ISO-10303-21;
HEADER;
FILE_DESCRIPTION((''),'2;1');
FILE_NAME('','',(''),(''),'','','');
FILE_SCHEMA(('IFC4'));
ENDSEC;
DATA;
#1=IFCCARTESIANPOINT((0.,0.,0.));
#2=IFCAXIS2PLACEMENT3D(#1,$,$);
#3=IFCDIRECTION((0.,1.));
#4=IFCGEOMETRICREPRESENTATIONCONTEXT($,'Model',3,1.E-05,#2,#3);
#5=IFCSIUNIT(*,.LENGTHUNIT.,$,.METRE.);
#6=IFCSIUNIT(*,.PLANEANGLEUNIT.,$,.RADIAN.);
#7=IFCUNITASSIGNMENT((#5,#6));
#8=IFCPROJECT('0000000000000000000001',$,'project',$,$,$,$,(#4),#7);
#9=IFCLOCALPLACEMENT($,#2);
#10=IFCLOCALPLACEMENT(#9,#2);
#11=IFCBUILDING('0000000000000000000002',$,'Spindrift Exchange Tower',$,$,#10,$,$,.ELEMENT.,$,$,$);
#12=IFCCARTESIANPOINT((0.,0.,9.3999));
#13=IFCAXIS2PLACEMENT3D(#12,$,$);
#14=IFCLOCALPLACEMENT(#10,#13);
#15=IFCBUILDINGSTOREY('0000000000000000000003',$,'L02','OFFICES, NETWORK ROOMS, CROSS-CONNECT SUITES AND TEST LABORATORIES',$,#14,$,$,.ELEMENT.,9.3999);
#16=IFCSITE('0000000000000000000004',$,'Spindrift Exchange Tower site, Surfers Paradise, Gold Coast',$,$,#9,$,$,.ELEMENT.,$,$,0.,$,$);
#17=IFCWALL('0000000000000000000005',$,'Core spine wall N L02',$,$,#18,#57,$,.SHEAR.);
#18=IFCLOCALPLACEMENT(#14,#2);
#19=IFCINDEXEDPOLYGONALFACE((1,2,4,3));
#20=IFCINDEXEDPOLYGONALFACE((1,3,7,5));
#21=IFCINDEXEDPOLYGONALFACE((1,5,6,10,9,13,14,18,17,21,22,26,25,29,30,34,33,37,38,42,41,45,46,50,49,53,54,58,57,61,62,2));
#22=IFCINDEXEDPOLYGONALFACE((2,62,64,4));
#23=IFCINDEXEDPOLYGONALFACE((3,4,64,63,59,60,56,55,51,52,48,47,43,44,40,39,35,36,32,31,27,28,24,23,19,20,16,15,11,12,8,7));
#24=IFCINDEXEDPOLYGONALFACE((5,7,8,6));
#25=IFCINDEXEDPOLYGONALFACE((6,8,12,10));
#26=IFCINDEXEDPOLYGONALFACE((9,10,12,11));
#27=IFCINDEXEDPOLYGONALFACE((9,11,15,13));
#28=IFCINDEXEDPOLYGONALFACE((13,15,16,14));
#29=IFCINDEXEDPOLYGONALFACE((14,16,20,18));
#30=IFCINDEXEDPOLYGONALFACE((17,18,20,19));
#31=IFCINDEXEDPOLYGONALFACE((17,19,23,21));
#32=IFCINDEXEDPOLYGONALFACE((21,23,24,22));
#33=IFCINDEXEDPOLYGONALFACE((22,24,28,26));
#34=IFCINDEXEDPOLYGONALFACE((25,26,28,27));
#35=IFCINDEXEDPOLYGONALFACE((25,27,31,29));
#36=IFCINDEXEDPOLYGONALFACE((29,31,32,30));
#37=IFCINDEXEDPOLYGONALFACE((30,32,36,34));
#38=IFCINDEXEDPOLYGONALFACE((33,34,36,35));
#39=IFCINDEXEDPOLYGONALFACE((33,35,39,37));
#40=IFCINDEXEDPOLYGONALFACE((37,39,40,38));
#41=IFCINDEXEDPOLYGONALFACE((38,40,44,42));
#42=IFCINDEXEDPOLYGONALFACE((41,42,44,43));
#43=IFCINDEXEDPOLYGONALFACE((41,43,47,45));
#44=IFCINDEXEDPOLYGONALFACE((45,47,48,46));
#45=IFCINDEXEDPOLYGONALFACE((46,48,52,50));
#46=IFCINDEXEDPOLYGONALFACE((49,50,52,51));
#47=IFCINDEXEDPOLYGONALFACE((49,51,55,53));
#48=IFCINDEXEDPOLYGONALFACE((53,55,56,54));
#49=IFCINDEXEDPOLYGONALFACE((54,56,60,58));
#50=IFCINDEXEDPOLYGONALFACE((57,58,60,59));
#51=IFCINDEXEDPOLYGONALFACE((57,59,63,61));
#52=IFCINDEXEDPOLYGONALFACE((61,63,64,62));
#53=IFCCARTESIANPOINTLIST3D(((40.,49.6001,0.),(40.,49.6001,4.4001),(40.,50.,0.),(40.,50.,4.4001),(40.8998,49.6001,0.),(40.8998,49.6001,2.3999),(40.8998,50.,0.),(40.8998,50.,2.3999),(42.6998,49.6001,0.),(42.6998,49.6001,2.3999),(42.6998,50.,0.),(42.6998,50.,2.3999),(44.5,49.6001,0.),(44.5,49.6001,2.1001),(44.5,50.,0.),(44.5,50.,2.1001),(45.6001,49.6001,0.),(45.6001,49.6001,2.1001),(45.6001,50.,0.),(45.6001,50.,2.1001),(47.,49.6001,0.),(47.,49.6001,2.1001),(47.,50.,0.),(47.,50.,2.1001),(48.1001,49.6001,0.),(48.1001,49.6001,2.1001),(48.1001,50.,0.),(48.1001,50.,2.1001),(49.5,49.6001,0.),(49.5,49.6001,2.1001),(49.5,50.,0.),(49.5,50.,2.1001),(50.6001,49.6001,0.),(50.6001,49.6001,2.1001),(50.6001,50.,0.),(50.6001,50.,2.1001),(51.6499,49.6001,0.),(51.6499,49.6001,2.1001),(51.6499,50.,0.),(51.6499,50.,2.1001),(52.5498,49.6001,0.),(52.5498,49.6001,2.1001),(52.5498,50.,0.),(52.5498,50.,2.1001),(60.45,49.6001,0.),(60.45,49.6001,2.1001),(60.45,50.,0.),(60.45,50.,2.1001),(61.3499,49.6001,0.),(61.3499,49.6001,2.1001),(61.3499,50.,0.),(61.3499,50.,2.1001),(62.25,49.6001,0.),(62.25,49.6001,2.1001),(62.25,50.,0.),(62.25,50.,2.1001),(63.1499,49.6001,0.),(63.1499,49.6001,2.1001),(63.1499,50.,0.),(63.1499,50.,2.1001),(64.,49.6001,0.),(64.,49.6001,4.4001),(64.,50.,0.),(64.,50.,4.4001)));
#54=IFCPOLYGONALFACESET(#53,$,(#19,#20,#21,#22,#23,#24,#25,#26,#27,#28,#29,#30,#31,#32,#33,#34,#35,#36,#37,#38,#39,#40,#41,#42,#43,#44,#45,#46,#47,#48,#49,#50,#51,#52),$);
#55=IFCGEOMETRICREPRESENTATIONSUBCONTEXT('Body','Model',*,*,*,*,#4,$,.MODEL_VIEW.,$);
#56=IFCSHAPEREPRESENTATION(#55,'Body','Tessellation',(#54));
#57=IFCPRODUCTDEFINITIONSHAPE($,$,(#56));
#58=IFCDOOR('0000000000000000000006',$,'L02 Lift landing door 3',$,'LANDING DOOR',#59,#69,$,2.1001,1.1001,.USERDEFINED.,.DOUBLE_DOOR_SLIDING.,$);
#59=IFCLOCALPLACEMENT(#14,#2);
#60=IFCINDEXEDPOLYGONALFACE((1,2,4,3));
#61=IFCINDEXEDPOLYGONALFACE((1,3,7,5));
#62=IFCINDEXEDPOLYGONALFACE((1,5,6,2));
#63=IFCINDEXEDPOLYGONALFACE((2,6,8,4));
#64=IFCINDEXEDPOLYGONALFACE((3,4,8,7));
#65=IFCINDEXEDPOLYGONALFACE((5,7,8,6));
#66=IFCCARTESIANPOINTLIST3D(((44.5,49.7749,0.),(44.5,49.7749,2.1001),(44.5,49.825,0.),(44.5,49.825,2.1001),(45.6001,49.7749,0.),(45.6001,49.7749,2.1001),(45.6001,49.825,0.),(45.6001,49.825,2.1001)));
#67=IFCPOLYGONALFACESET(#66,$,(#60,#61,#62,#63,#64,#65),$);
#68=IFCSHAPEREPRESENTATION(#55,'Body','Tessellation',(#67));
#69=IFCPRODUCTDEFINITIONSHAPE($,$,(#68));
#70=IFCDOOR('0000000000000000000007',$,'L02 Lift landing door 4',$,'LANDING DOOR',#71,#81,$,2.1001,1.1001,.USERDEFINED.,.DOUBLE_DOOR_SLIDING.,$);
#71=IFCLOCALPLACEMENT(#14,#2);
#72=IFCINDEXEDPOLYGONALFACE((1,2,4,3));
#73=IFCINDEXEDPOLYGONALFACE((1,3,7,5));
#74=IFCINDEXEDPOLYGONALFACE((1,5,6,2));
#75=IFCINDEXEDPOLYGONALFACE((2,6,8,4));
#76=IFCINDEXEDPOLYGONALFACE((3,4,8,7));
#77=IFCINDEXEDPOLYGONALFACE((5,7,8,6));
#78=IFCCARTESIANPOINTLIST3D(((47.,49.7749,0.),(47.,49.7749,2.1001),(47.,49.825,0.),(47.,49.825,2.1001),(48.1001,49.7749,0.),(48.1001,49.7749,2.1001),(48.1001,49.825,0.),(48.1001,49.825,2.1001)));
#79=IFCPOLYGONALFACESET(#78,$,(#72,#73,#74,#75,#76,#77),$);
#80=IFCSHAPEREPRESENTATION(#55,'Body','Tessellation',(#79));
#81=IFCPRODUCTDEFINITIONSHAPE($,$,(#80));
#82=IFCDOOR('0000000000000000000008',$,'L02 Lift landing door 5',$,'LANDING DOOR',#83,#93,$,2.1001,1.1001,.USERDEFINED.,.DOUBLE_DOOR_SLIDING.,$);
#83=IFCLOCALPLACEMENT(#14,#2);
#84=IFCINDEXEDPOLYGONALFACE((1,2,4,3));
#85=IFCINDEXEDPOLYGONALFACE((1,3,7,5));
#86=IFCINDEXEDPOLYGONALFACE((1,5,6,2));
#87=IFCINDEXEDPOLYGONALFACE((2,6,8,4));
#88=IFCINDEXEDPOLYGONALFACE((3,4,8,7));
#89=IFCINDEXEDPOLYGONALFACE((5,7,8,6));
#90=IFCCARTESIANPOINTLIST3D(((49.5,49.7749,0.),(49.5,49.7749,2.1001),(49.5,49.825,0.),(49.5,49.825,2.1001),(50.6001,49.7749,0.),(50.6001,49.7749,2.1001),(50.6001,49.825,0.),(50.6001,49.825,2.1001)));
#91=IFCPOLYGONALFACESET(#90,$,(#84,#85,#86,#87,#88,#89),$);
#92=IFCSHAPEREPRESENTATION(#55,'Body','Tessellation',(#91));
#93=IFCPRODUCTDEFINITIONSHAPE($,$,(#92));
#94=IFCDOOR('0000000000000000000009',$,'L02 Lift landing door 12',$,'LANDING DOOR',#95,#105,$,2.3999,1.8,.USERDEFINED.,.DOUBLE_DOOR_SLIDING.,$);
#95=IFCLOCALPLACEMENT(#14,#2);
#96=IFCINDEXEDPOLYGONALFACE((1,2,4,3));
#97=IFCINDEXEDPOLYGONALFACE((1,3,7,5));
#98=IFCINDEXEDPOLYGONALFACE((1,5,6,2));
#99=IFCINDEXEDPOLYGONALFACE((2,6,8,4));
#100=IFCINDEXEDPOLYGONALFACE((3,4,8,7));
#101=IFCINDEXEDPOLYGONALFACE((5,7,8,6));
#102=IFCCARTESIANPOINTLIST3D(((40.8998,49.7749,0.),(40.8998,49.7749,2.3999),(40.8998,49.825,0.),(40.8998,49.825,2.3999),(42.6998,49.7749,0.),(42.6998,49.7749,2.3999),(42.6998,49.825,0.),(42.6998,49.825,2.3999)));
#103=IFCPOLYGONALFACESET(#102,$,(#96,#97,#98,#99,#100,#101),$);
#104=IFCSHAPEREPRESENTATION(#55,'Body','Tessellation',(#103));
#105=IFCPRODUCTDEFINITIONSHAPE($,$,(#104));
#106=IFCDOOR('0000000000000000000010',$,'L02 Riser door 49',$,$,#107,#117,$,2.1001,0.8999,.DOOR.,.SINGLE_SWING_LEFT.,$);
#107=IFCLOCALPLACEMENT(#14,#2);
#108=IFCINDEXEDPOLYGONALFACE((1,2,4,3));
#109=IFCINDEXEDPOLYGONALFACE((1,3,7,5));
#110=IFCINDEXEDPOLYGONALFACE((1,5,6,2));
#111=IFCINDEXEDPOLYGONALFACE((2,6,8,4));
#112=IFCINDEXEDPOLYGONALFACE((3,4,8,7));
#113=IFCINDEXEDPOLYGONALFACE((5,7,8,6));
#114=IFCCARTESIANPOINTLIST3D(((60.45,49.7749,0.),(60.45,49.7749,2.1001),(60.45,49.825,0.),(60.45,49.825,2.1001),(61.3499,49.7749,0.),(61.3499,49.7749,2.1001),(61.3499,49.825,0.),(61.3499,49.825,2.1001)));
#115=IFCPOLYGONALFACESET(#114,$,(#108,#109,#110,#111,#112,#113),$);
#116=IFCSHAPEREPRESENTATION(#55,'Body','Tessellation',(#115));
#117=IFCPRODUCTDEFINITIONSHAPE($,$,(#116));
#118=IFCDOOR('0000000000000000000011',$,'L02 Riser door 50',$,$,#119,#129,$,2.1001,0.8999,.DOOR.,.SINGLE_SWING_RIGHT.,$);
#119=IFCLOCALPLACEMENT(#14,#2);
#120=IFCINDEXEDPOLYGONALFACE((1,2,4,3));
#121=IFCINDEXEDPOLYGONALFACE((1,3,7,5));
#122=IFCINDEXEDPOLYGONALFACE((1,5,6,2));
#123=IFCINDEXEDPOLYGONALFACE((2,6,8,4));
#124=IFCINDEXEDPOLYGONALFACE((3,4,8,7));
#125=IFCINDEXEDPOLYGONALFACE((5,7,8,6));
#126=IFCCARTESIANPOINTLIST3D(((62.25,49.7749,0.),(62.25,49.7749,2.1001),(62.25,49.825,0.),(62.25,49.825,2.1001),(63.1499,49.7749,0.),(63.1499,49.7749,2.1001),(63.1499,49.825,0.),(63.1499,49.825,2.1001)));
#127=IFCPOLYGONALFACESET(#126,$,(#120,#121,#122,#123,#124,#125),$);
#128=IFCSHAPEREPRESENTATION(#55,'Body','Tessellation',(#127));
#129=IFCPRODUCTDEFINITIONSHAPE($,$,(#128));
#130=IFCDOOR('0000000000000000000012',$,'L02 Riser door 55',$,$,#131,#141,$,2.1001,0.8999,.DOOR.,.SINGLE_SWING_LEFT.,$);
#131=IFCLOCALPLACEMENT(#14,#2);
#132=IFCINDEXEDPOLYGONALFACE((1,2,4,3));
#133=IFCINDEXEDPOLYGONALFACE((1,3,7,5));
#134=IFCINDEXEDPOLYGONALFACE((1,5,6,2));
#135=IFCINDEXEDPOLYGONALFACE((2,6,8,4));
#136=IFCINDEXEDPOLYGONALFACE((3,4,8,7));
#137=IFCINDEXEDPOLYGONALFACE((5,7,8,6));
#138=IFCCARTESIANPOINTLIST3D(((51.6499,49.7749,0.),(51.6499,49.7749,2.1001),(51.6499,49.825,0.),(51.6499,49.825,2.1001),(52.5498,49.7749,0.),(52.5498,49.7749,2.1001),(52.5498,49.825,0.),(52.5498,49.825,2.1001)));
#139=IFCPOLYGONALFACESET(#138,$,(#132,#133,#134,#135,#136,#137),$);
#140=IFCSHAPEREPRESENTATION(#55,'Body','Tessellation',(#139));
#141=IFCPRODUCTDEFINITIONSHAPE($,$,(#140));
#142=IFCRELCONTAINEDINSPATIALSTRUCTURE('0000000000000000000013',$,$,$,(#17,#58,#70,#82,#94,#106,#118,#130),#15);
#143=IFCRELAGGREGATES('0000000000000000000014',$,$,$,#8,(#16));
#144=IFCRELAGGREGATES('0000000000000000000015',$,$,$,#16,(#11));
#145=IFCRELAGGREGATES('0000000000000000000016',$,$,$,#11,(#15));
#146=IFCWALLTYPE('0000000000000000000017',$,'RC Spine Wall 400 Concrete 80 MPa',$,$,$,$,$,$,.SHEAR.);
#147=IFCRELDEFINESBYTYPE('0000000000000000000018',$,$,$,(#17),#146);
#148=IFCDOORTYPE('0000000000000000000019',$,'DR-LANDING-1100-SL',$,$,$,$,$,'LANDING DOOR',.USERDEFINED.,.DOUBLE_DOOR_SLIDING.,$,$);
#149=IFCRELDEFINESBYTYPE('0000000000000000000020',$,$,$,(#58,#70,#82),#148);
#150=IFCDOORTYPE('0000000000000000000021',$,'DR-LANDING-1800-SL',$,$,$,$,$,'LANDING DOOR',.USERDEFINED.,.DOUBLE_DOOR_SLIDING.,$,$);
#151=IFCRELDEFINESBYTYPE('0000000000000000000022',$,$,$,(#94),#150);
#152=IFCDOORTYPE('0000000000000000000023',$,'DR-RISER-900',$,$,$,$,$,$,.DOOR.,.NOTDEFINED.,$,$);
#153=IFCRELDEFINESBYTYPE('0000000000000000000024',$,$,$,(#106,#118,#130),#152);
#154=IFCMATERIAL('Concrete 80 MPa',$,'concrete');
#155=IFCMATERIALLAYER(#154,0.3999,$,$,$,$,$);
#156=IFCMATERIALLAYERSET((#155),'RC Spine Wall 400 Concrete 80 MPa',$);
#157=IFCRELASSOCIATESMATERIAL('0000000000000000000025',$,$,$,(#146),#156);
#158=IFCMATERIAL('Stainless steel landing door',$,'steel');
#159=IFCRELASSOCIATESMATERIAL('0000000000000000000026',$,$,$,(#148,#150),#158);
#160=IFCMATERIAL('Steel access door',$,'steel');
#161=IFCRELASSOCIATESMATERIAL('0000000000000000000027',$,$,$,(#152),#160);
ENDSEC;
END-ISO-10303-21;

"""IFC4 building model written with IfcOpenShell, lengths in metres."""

from ifc_helpers import new_model, si_unit, direction, frame, frame_2d, origin, place, context, subcontext, project, spatial, rectangle, extrude, source, transform, mapped, material, layer, layer_set, type_object, element, fill, save


model = new_model("IFC4")

# Units and contexts
model_context = context("Model", 3, precision=1e-05, world=origin(), true_north=direction((0.0, 1.0)))
body_context = subcontext(model_context, "Body", "Model", "MODEL_VIEW")
ifc_project = project(units=[si_unit("LENGTHUNIT", "METRE"), si_unit("PLANEANGLEUNIT", "RADIAN")], contexts=[model_context])

# Site, building, storey
site_placement = place(None, origin())
site = spatial("IfcSite", under=ifc_project, at=site_placement, Name="Spindrift Exchange Tower site, Surfers Paradise, Gold Coast", CompositionType="ELEMENT", RefElevation=0.0)
building_placement = place(site_placement, origin())
building = spatial("IfcBuilding", under=site, at=building_placement, Name="Spindrift Exchange Tower", CompositionType="ELEMENT")
storey_placement = place(building_placement, frame((0.0, 0.0, 9.3999)))
storey = spatial("IfcBuildingStorey", under=building, at=storey_placement, Name="L02", Description="OFFICES, NETWORK ROOMS, CROSS-CONNECT SUITES AND TEST LABORATORIES", CompositionType="ELEMENT", Elevation=9.3999)

# Wall, openings, doors
ifc_material_1 = material(Name="Concrete 80 MPa", Category="concrete")
ifc_layer = layer(ifc_material_1, 0.3999)
ifc_layer_set = layer_set([ifc_layer], Name="RC Spine Wall 400 Concrete 80 MPa")
wall_type = type_object("IfcWallType", Name="RC Spine Wall 400 Concrete 80 MPa", PredefinedType="SHEAR", material=ifc_layer_set)
wall_1_placement = place(storey_placement, frame((40.0, 49.8, 0.0), z_axis=(0.0, 0.0, 1.0), x_axis=(1.0, 0.0, 0.0)))
wall_1 = element("IfcWall", 1, at=wall_1_placement, inside=storey, type_object=wall_type, Name="Core spine wall N L02", PredefinedType="SHEAR", context=body_context, shape_type="SweptSolid", body=[
    extrude(rectangle(XDim=24.0, YDim=0.3999, at=frame_2d((12.0, 0.0))), origin(), (0.0, 0.0, 1.0), 4.4001),
])
opening_1_placement = place(wall_1_placement, frame((4.5, 0.0, 0.0)))
opening_1 = element("IfcOpeningElement", 2, at=opening_1_placement, cuts=wall_1, PredefinedType="OPENING", context=body_context, shape_type="SweptSolid", body=[
    extrude(rectangle(XDim=1.1001, YDim=2.1001, at=frame_2d((0.55, 1.05))), frame((0.0, 0.21, 0.0), z_axis=(0.0, -1.0, 0.0), x_axis=(1.0, 0.0, 0.0)), (0.0, 0.0, 1.0), 0.4199),
])
opening_2_placement = place(wall_1_placement, frame((7.0, 0.0, 0.0)))
opening_2 = element("IfcOpeningElement", 3, at=opening_2_placement, cuts=wall_1, PredefinedType="OPENING", context=body_context, shape_type="SweptSolid", body=[
    extrude(rectangle(XDim=1.1001, YDim=2.1001, at=frame_2d((0.55, 1.05))), frame((0.0, 0.21, 0.0), z_axis=(0.0, -1.0, 0.0), x_axis=(1.0, 0.0, 0.0)), (0.0, 0.0, 1.0), 0.4199),
])
opening_3_placement = place(wall_1_placement, frame((9.5, 0.0, 0.0)))
opening_3 = element("IfcOpeningElement", 4, at=opening_3_placement, cuts=wall_1, PredefinedType="OPENING", context=body_context, shape_type="SweptSolid", body=[
    extrude(rectangle(XDim=1.1001, YDim=2.1001, at=frame_2d((0.55, 1.05))), frame((0.0, 0.21, 0.0), z_axis=(0.0, -1.0, 0.0), x_axis=(1.0, 0.0, 0.0)), (0.0, 0.0, 1.0), 0.4199),
])
opening_4_placement = place(wall_1_placement, frame((0.8999, 0.0, 0.0)))
opening_4 = element("IfcOpeningElement", 5, at=opening_4_placement, cuts=wall_1, PredefinedType="OPENING", context=body_context, shape_type="SweptSolid", body=[
    extrude(rectangle(XDim=1.8, YDim=2.3999, at=frame_2d((0.8999, 1.2))), frame((0.0, 0.21, 0.0), z_axis=(0.0, -1.0, 0.0), x_axis=(1.0, 0.0, 0.0)), (0.0, 0.0, 1.0), 0.4199),
])
opening_5_placement = place(wall_1_placement, frame((20.45, 0.0, 0.0)))
opening_5 = element("IfcOpeningElement", 6, at=opening_5_placement, cuts=wall_1, PredefinedType="OPENING", context=body_context, shape_type="SweptSolid", body=[
    extrude(rectangle(XDim=0.8999, YDim=2.1001, at=frame_2d((0.45, 1.05))), frame((0.0, 0.21, 0.0), z_axis=(0.0, -1.0, 0.0), x_axis=(1.0, 0.0, 0.0)), (0.0, 0.0, 1.0), 0.4199),
])
opening_6_placement = place(wall_1_placement, frame((22.25, 0.0, 0.0)))
opening_6 = element("IfcOpeningElement", 7, at=opening_6_placement, cuts=wall_1, PredefinedType="OPENING", context=body_context, shape_type="SweptSolid", body=[
    extrude(rectangle(XDim=0.8999, YDim=2.1001, at=frame_2d((0.45, 1.05))), frame((0.0, 0.21, 0.0), z_axis=(0.0, -1.0, 0.0), x_axis=(1.0, 0.0, 0.0)), (0.0, 0.0, 1.0), 0.4199),
])
opening_7_placement = place(wall_1_placement, frame((11.6499, 0.0, 0.0)))
opening_7 = element("IfcOpeningElement", 8, at=opening_7_placement, cuts=wall_1, PredefinedType="OPENING", context=body_context, shape_type="SweptSolid", body=[
    extrude(rectangle(XDim=0.8999, YDim=2.1001, at=frame_2d((0.45, 1.05))), frame((0.0, 0.21, 0.0), z_axis=(0.0, -1.0, 0.0), x_axis=(1.0, 0.0, 0.0)), (0.0, 0.0, 1.0), 0.4199),
])
ifc_material_2 = material(Name="Stainless steel landing door", Category="steel")
door_type_1 = type_object("IfcDoorType", Name="DR-LANDING-1100-SL", ElementType="LANDING DOOR", OperationType="DOUBLE_DOOR_SLIDING", PredefinedType="USERDEFINED", material=ifc_material_2)
shared_shape_1 = source(origin(), body_context, "Body", "SweptSolid", [
    extrude(rectangle(XDim=1.1001, YDim=2.1001, at=frame_2d((0.55, 1.05))), frame((0.0, 0.0249, 0.0), z_axis=(0.0, -1.0, 0.0), x_axis=(1.0, 0.0, 0.0)), (0.0, 0.0, 1.0), 0.05),
])
door_1_placement = place(opening_1_placement, origin())
door_1 = element("IfcDoor", 9, at=door_1_placement, inside=storey, type_object=door_type_1, Name="L02 Lift landing door 3", ObjectType="LANDING DOOR", OperationType="DOUBLE_DOOR_SLIDING", OverallHeight=2.1001, OverallWidth=1.1001, PredefinedType="USERDEFINED", context=body_context, shape_type="MappedRepresentation", body=[
    mapped(shared_shape_1, transform((0.0, 0.0, 0.0), scale=1.0)),
])
fill(opening_1, door_1)
door_2_placement = place(opening_2_placement, origin())
door_2 = element("IfcDoor", 10, at=door_2_placement, inside=storey, type_object=door_type_1, Name="L02 Lift landing door 4", ObjectType="LANDING DOOR", OperationType="DOUBLE_DOOR_SLIDING", OverallHeight=2.1001, OverallWidth=1.1001, PredefinedType="USERDEFINED", context=body_context, shape_type="MappedRepresentation", body=[
    mapped(shared_shape_1, transform((0.0, 0.0, 0.0), scale=1.0)),
])
fill(opening_2, door_2)
door_3_placement = place(opening_3_placement, origin())
door_3 = element("IfcDoor", 11, at=door_3_placement, inside=storey, type_object=door_type_1, Name="L02 Lift landing door 5", ObjectType="LANDING DOOR", OperationType="DOUBLE_DOOR_SLIDING", OverallHeight=2.1001, OverallWidth=1.1001, PredefinedType="USERDEFINED", context=body_context, shape_type="MappedRepresentation", body=[
    mapped(shared_shape_1, transform((0.0, 0.0, 0.0), scale=1.0)),
])
fill(opening_3, door_3)
door_type_2 = type_object("IfcDoorType", Name="DR-LANDING-1800-SL", ElementType="LANDING DOOR", OperationType="DOUBLE_DOOR_SLIDING", PredefinedType="USERDEFINED", material=ifc_material_2)
shared_shape_2 = source(origin(), body_context, "Body", "SweptSolid", [
    extrude(rectangle(XDim=1.8, YDim=2.3999, at=frame_2d((0.8999, 1.2))), frame((0.0, 0.0249, 0.0), z_axis=(0.0, -1.0, 0.0), x_axis=(1.0, 0.0, 0.0)), (0.0, 0.0, 1.0), 0.05),
])
door_4_placement = place(opening_4_placement, origin())
door_4 = element("IfcDoor", 12, at=door_4_placement, inside=storey, type_object=door_type_2, Name="L02 Lift landing door 12", ObjectType="LANDING DOOR", OperationType="DOUBLE_DOOR_SLIDING", OverallHeight=2.3999, OverallWidth=1.8, PredefinedType="USERDEFINED", context=body_context, shape_type="MappedRepresentation", body=[
    mapped(shared_shape_2, transform((0.0, 0.0, 0.0), scale=1.0)),
])
fill(opening_4, door_4)
ifc_material_3 = material(Name="Steel access door", Category="steel")
door_type_3 = type_object("IfcDoorType", Name="DR-RISER-900", OperationType="NOTDEFINED", PredefinedType="DOOR", material=ifc_material_3)
shared_shape_3 = source(origin(), body_context, "Body", "SweptSolid", [
    extrude(rectangle(XDim=0.8999, YDim=2.1001, at=frame_2d((0.45, 1.05))), frame((0.0, 0.0249, 0.0), z_axis=(0.0, -1.0, 0.0), x_axis=(1.0, 0.0, 0.0)), (0.0, 0.0, 1.0), 0.05),
])
door_5_placement = place(opening_5_placement, origin())
door_5 = element("IfcDoor", 13, at=door_5_placement, inside=storey, type_object=door_type_3, Name="L02 Riser door 49", OperationType="SINGLE_SWING_LEFT", OverallHeight=2.1001, OverallWidth=0.8999, PredefinedType="DOOR", context=body_context, shape_type="MappedRepresentation", body=[
    mapped(shared_shape_3, transform((0.0, 0.0, 0.0), scale=1.0)),
])
fill(opening_5, door_5)
door_6_placement = place(opening_6_placement, origin())
door_6 = element("IfcDoor", 14, at=door_6_placement, inside=storey, type_object=door_type_3, Name="L02 Riser door 50", OperationType="SINGLE_SWING_RIGHT", OverallHeight=2.1001, OverallWidth=0.8999, PredefinedType="DOOR", context=body_context, shape_type="MappedRepresentation", body=[
    mapped(shared_shape_3, transform((0.0, 0.0, 0.0), scale=1.0)),
])
fill(opening_6, door_6)
door_7_placement = place(opening_7_placement, origin())
door_7 = element("IfcDoor", 15, at=door_7_placement, inside=storey, type_object=door_type_3, Name="L02 Riser door 55", OperationType="SINGLE_SWING_LEFT", OverallHeight=2.1001, OverallWidth=0.8999, PredefinedType="DOOR", context=body_context, shape_type="MappedRepresentation", body=[
    mapped(shared_shape_3, transform((0.0, 0.0, 0.0), scale=1.0)),
])
fill(opening_7, door_7)

save(model, "model.ifc")
